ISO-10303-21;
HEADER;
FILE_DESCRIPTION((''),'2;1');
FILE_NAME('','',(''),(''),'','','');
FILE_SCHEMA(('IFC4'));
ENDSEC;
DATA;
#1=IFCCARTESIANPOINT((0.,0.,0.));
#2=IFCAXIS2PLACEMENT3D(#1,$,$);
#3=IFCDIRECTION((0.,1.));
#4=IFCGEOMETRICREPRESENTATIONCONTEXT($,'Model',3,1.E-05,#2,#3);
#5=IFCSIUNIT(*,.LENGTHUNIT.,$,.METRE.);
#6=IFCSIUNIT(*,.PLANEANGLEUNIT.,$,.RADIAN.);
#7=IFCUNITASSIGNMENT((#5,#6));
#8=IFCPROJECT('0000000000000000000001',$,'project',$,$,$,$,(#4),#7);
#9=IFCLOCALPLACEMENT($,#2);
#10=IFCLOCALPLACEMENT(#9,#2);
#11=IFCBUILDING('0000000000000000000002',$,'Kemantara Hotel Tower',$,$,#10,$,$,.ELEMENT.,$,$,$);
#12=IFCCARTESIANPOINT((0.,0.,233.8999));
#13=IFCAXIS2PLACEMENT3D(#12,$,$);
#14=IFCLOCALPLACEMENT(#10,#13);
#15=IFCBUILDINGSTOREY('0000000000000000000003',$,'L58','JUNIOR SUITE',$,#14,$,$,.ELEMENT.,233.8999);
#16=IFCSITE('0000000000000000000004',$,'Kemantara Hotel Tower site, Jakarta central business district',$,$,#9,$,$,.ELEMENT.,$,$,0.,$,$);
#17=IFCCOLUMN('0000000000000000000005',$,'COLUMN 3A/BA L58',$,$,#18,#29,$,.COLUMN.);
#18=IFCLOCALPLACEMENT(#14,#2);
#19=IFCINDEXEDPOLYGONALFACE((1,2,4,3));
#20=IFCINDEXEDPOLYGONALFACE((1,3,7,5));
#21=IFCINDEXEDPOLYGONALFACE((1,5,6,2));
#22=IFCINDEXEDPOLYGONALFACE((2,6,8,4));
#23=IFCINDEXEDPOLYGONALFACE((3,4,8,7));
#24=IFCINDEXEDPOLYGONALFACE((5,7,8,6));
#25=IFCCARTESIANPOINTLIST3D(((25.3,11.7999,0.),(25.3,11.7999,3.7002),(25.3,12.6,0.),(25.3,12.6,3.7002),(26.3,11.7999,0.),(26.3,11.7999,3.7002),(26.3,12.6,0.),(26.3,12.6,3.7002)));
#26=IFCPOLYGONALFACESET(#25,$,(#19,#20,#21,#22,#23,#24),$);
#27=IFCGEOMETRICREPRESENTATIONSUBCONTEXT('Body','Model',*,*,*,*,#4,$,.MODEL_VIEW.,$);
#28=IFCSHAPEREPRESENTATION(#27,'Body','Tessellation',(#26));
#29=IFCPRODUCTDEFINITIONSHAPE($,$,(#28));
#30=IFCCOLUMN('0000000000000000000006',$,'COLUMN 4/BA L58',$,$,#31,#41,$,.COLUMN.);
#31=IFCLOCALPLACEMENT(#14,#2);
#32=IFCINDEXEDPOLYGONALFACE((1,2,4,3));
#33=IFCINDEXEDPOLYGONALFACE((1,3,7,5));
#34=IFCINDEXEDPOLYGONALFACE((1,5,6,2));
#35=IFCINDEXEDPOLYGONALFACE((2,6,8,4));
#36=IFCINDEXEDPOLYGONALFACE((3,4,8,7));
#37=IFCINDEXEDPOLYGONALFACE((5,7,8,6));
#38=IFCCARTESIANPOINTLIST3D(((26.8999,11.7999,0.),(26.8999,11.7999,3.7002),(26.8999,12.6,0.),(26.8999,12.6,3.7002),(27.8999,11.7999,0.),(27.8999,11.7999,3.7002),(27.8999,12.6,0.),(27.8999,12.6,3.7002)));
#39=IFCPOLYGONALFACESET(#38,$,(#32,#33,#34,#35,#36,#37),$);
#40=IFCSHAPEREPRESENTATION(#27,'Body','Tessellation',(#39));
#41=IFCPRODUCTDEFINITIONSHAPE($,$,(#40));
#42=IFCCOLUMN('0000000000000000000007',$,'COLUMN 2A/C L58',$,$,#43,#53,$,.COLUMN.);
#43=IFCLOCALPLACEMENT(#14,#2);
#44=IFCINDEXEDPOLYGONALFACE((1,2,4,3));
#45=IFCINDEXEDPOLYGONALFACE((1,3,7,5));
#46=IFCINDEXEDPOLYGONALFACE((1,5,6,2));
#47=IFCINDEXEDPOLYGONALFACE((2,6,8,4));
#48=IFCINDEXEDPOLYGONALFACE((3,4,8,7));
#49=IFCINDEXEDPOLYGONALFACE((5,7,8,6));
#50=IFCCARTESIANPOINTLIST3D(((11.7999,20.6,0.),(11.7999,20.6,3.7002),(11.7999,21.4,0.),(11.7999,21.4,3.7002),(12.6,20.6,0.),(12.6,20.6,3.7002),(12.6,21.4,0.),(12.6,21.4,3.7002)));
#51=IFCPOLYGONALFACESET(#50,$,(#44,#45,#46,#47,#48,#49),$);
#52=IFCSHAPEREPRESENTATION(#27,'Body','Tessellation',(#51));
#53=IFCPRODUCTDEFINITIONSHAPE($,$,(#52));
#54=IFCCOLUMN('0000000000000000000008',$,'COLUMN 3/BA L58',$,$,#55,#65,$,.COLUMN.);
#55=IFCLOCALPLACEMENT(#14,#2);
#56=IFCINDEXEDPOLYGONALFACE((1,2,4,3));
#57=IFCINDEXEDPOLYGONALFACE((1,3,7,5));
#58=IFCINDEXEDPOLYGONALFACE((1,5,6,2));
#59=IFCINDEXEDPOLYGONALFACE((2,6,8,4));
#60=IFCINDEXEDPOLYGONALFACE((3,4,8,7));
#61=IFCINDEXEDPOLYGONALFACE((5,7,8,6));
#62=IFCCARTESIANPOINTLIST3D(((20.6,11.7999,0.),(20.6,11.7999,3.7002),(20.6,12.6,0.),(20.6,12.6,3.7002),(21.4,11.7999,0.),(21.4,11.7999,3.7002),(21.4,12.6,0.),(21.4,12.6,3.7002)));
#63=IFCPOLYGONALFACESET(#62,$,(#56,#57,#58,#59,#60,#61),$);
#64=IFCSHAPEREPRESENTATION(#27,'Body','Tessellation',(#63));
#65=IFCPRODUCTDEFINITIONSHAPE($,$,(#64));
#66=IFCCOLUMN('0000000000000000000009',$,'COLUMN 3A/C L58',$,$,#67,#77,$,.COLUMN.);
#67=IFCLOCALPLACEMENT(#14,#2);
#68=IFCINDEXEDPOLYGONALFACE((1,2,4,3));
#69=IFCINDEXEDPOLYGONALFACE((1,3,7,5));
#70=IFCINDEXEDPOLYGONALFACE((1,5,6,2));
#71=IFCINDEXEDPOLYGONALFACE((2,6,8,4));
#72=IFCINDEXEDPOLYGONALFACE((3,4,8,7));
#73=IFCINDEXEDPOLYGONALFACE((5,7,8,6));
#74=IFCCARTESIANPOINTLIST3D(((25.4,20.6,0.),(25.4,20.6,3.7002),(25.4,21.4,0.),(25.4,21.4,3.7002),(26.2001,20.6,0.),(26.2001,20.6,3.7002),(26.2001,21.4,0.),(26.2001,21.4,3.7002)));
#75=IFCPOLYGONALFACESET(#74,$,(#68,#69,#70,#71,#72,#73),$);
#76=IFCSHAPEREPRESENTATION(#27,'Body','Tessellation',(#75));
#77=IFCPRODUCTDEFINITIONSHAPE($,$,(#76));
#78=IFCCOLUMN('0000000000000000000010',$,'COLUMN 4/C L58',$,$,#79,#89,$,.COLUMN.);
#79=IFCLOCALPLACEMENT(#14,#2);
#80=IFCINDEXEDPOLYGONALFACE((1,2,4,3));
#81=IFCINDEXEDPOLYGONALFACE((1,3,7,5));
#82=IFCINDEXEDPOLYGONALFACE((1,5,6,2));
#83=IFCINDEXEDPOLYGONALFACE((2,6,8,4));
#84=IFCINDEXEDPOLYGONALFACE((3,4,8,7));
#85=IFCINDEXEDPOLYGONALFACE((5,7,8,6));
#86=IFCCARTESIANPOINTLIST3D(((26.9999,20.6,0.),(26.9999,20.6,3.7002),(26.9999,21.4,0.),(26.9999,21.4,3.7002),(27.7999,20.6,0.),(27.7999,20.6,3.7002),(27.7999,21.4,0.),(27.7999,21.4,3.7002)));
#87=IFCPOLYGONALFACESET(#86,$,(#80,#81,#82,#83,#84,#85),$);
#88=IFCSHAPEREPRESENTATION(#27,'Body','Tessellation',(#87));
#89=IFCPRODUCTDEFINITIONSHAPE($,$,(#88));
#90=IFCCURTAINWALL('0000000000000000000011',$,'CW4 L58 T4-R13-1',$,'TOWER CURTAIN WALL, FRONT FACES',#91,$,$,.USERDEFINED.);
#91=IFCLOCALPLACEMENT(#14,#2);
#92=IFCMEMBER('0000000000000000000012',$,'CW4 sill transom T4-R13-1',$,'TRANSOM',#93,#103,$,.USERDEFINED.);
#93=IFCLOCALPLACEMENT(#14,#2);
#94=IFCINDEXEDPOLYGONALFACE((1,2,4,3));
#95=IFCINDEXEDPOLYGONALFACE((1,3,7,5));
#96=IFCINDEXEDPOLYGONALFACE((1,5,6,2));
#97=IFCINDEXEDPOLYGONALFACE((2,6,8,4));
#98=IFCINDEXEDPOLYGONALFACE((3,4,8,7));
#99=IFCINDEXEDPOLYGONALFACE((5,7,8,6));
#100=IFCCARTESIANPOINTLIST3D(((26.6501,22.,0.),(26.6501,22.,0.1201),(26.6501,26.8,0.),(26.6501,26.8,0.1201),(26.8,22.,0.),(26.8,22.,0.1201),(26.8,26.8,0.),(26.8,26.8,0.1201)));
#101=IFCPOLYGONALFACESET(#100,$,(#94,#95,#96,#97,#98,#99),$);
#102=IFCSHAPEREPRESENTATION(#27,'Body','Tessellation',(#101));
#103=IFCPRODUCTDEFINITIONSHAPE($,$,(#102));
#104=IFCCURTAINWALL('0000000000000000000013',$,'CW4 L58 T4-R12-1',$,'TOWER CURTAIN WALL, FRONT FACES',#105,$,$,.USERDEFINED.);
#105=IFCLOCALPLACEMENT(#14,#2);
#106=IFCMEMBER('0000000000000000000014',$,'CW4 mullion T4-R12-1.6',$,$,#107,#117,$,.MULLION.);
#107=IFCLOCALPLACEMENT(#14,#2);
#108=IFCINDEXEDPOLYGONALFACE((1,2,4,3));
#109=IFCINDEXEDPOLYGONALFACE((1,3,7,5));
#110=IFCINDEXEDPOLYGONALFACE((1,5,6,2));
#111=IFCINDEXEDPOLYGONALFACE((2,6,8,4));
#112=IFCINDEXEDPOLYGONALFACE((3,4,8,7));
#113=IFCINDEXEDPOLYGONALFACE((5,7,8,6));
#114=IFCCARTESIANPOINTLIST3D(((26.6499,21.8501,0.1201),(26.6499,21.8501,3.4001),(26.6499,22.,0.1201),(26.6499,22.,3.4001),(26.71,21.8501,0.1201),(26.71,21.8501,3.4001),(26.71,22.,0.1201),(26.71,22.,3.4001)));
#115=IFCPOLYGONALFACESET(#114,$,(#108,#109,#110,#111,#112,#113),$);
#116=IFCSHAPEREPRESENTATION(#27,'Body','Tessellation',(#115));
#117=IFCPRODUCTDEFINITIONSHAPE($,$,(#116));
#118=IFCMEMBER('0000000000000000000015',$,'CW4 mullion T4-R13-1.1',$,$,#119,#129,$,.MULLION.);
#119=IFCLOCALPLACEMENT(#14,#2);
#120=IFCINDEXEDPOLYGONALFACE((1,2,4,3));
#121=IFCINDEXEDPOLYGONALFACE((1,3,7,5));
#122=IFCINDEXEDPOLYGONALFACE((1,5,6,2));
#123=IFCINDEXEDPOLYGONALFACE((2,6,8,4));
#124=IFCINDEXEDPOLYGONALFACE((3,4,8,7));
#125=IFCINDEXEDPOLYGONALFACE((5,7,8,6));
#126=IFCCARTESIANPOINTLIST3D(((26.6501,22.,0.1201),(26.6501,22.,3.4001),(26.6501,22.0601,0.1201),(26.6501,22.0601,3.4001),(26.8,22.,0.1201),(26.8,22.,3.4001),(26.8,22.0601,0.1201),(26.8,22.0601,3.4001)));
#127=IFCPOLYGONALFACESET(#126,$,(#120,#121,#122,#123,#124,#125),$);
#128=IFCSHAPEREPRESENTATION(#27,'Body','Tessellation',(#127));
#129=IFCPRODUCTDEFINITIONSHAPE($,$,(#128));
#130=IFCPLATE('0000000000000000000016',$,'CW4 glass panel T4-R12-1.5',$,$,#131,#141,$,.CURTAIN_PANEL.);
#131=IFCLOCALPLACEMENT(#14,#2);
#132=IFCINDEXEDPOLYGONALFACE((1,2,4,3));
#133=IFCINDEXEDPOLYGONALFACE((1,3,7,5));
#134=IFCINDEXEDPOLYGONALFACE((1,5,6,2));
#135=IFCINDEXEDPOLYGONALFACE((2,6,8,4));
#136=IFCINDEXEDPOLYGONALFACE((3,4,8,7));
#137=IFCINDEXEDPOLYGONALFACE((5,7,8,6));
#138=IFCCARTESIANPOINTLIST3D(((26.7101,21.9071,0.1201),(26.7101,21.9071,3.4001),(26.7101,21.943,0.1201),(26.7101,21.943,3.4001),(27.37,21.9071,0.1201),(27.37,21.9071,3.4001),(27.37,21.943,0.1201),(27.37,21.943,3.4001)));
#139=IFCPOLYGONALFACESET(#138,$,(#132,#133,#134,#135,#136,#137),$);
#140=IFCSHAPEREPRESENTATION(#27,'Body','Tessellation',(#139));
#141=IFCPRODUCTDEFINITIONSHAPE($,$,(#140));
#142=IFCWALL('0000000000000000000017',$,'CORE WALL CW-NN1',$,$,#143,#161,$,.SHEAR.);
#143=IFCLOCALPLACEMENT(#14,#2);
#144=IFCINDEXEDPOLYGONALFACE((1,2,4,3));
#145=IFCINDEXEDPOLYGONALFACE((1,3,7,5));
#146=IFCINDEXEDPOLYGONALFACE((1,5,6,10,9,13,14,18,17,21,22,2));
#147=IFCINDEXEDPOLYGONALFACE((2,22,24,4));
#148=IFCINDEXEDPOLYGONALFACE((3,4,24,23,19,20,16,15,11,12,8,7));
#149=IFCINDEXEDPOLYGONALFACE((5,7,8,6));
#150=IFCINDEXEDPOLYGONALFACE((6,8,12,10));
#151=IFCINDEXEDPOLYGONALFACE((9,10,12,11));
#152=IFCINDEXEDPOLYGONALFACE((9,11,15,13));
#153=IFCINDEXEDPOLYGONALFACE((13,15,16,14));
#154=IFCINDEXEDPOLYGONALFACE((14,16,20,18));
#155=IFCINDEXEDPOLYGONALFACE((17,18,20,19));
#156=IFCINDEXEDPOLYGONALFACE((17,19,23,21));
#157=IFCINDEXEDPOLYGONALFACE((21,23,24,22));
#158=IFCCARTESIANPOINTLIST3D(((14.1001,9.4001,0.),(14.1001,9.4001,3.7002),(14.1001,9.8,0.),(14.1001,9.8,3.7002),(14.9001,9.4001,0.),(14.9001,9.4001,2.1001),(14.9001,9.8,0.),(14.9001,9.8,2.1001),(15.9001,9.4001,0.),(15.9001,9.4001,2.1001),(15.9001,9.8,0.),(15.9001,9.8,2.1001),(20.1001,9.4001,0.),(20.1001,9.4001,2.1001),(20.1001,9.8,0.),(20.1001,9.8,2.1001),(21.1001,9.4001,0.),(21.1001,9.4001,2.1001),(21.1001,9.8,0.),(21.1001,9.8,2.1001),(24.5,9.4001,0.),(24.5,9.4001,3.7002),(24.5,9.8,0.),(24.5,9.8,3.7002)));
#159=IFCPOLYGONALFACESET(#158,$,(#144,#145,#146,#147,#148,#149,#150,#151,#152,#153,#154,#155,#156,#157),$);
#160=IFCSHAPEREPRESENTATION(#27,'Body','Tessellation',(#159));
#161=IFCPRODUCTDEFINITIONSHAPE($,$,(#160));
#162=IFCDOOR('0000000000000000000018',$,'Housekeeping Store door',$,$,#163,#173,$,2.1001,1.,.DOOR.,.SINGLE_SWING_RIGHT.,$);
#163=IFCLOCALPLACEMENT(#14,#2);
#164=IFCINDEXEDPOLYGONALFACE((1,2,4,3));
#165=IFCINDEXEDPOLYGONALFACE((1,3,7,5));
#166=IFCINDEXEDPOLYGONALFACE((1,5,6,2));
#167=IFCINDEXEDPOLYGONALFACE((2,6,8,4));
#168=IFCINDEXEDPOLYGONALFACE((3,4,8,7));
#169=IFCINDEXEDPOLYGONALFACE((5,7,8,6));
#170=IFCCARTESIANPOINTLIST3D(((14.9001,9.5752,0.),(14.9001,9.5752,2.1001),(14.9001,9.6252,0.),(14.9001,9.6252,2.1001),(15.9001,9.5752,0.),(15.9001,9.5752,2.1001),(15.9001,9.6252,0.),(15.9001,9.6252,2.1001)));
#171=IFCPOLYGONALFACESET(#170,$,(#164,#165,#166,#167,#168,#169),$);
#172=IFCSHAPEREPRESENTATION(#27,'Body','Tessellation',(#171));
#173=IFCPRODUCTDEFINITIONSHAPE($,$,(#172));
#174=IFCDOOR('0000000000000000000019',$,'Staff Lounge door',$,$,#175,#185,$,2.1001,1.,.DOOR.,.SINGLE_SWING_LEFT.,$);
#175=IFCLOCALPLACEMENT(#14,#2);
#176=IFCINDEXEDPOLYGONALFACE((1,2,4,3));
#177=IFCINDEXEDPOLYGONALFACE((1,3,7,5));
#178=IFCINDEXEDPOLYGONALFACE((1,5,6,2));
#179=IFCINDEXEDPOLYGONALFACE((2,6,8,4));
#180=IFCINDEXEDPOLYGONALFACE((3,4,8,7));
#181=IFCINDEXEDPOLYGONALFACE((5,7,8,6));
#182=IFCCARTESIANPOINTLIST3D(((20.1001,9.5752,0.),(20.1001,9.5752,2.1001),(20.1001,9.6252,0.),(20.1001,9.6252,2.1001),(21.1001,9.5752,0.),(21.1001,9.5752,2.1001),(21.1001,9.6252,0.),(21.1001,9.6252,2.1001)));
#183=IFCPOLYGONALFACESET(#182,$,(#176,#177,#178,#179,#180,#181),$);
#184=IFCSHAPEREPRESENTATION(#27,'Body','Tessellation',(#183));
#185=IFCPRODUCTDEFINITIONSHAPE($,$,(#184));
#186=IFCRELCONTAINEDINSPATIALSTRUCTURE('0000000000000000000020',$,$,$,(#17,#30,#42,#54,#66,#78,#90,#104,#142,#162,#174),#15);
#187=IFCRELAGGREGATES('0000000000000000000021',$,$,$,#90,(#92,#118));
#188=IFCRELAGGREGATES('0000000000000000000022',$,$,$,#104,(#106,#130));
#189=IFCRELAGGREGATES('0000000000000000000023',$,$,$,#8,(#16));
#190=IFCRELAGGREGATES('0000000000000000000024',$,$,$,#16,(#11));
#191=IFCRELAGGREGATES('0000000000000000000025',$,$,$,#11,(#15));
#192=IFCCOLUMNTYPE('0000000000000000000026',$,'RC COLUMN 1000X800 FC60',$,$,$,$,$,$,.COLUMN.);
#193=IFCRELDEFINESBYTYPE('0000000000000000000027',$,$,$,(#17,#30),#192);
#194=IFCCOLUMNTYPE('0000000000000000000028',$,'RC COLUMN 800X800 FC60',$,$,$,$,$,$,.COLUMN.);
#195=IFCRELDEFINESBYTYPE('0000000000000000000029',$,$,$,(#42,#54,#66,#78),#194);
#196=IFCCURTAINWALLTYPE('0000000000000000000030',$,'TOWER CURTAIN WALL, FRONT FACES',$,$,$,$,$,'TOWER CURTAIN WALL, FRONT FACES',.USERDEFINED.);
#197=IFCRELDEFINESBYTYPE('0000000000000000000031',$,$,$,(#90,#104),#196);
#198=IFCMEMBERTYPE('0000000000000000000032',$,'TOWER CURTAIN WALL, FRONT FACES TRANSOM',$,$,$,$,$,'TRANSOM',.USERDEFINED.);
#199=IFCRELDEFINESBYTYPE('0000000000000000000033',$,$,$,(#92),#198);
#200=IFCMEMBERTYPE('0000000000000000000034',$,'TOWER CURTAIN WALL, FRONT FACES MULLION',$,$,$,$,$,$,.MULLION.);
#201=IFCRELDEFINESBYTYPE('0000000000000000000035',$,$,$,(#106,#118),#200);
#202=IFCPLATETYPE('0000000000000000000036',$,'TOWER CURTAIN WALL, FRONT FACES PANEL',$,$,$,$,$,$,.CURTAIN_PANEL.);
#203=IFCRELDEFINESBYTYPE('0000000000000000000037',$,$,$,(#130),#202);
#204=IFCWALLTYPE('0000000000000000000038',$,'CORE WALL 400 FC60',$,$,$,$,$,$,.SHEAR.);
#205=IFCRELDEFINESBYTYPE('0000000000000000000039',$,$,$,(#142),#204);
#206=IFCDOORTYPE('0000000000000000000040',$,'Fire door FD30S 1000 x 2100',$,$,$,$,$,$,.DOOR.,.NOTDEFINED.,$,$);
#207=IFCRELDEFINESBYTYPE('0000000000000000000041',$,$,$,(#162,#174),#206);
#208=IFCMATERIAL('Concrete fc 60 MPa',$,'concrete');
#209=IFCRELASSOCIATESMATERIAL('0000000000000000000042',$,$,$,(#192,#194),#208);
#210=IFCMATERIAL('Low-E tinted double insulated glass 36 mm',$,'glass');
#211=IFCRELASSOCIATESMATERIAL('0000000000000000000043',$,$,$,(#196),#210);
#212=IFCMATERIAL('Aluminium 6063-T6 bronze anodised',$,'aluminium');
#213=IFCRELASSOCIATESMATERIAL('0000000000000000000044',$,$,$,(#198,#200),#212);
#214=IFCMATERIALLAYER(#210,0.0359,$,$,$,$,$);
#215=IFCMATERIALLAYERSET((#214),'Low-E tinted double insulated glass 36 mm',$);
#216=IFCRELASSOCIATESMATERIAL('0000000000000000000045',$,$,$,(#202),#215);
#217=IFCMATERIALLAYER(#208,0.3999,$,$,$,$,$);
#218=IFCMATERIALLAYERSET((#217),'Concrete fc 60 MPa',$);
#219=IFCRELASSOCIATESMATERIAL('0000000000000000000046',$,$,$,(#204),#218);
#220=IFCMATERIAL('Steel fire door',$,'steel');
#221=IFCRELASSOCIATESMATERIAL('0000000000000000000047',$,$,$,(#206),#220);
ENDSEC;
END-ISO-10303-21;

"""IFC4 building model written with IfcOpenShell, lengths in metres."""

from ifc_helpers import new_model, si_unit, direction, frame, frame_2d, origin, origin_2d, place, context, subcontext, project, spatial, rectangle, extrude, source, transform, mapped, material, layer, layer_set, material_profile, profile_set, type_object, element, fill, aggregate, save


model = new_model("IFC4")

# Units and contexts
model_context = context("Model", 3, precision=1e-05, world=origin(), true_north=direction((0.0, 1.0)))
body_context = subcontext(model_context, "Body", "Model", "MODEL_VIEW")
ifc_project = project(units=[si_unit("LENGTHUNIT", "METRE"), si_unit("PLANEANGLEUNIT", "RADIAN")], contexts=[model_context])

# Site, building, storey
site_placement = place(None, origin())
site = spatial("IfcSite", under=ifc_project, at=site_placement, Name="Kemantara Hotel Tower site, Jakarta central business district", CompositionType="ELEMENT", RefElevation=0.0)
building_placement = place(site_placement, origin())
building = spatial("IfcBuilding", under=site, at=building_placement, Name="Kemantara Hotel Tower", CompositionType="ELEMENT")
storey_placement = place(building_placement, frame((0.0, 0.0, 233.8999)))
storey = spatial("IfcBuildingStorey", under=building, at=storey_placement, Name="L58", Description="JUNIOR SUITE", CompositionType="ELEMENT", Elevation=233.8999)

# Columns
ifc_material_1 = material(Name="Concrete fc 60 MPa", Category="concrete")
ifc_material_profile_1 = material_profile(ifc_material_1, rectangle(XDim=1.0, YDim=0.8, at=origin_2d()), Name="RC 1000X800")
ifc_profile_set_1 = profile_set([ifc_material_profile_1], Name="Concrete fc 60 MPa")
column_type_1 = type_object("IfcColumnType", Name="RC COLUMN 1000X800 FC60", PredefinedType="COLUMN", material=ifc_profile_set_1)
for number, where, z_axis, x_axis, name in (
    (1, (25.8, 12.2, 0.0), (0.0, 0.0, 1.0), (1.0, 0.0, 0.0), "COLUMN 3A/BA L58"),
    (2, (27.3999, 12.2, 0.0), (0.0, 0.0, 1.0), (1.0, 0.0, 0.0), "COLUMN 4/BA L58"),
):
    element("IfcColumn", number, at=place(storey_placement, frame(where, z_axis=z_axis, x_axis=x_axis)), inside=storey, type_object=column_type_1, Name=name, PredefinedType="COLUMN", context=body_context, shape_type="SweptSolid", body=[
        extrude(rectangle(XDim=1.0, YDim=0.8, at=origin_2d()), origin(), (0.0, 0.0, 1.0), 3.7002),
    ])
ifc_material_profile_2 = material_profile(ifc_material_1, rectangle(XDim=0.8, YDim=0.8, at=origin_2d()), Name="RC 800X800")
ifc_profile_set_2 = profile_set([ifc_material_profile_2], Name="Concrete fc 60 MPa")
column_type_2 = type_object("IfcColumnType", Name="RC COLUMN 800X800 FC60", PredefinedType="COLUMN", material=ifc_profile_set_2)
for number, where, z_axis, x_axis, name in (
    (3, (12.2, 21.0, 0.0), (0.0, 0.0, 1.0), (1.0, 0.0, 0.0), "COLUMN 2A/C L58"),
    (4, (21.0, 12.2, 0.0), (0.0, 0.0, 1.0), (1.0, 0.0, 0.0), "COLUMN 3/BA L58"),
    (5, (25.8, 21.0, 0.0), (0.0, 0.0, 1.0), (1.0, 0.0, 0.0), "COLUMN 3A/C L58"),
    (6, (27.3999, 21.0, 0.0), (0.0, 0.0, 1.0), (1.0, 0.0, 0.0), "COLUMN 4/C L58"),
):
    element("IfcColumn", number, at=place(storey_placement, frame(where, z_axis=z_axis, x_axis=x_axis)), inside=storey, type_object=column_type_2, Name=name, PredefinedType="COLUMN", context=body_context, shape_type="SweptSolid", body=[
        extrude(rectangle(XDim=0.8, YDim=0.8, at=origin_2d()), origin(), (0.0, 0.0, 1.0), 3.7002),
    ])

# Curtain walls, members
ifc_material_2 = material(Name="Low-E tinted double insulated glass 36 mm", Category="glass")
curtain_wall_type = type_object("IfcCurtainWallType", Name="TOWER CURTAIN WALL, FRONT FACES", ElementType="TOWER CURTAIN WALL, FRONT FACES", PredefinedType="USERDEFINED", material=ifc_material_2)
curtain_wall_1_placement = place(storey_placement, origin())
curtain_wall_1 = element("IfcCurtainWall", 7, at=curtain_wall_1_placement, inside=storey, type_object=curtain_wall_type, Name="CW4 L58 T4-R13-1", ObjectType="TOWER CURTAIN WALL, FRONT FACES", PredefinedType="USERDEFINED")
ifc_material_3 = material(Name="Aluminium 6063-T6 bronze anodised", Category="aluminium")
ifc_material_profile_3 = material_profile(ifc_material_3, rectangle(XDim=0.1499, YDim=0.1201, at=origin_2d()), Name="TOWER CURTAIN WALL, FRONT FACES TRANSOM")
ifc_profile_set_3 = profile_set([ifc_material_profile_3], Name="Aluminium 6063-T6 bronze anodised")
member_type_1 = type_object("IfcMemberType", Name="TOWER CURTAIN WALL, FRONT FACES TRANSOM", ElementType="TRANSOM", PredefinedType="USERDEFINED", material=ifc_profile_set_3)
member_1_placement = place(storey_placement, frame((26.7251, 22.0, 0.0601), z_axis=(0.0, 1.0, 0.0), x_axis=(-1.0, 0.0, 0.0)))
member_1 = element("IfcMember", 8, at=member_1_placement, type_object=member_type_1, Name="CW4 sill transom T4-R13-1", ObjectType="TRANSOM", PredefinedType="USERDEFINED", context=body_context, shape_type="SweptSolid", body=[
    extrude(rectangle(XDim=0.1499, YDim=0.1201, at=origin_2d()), origin(), (0.0, 0.0, 1.0), 4.8),
])
curtain_wall_2_placement = place(storey_placement, origin())
curtain_wall_2 = element("IfcCurtainWall", 9, at=curtain_wall_2_placement, inside=storey, type_object=curtain_wall_type, Name="CW4 L58 T4-R12-1", ObjectType="TOWER CURTAIN WALL, FRONT FACES", PredefinedType="USERDEFINED")
ifc_material_profile_4 = material_profile(ifc_material_3, rectangle(XDim=0.1499, YDim=0.0601, at=origin_2d()), Name="TOWER CURTAIN WALL, FRONT FACES MULLION")
ifc_profile_set_4 = profile_set([ifc_material_profile_4], Name="Aluminium 6063-T6 bronze anodised")
member_type_2 = type_object("IfcMemberType", Name="TOWER CURTAIN WALL, FRONT FACES MULLION", PredefinedType="MULLION", material=ifc_profile_set_4)
shared_shape_1 = source(origin(), body_context, "Body", "SweptSolid", [
    extrude(rectangle(XDim=0.1499, YDim=0.0601, at=origin_2d()), origin(), (0.0, 0.0, 1.0), 3.28),
])
member_2_placement = place(storey_placement, frame((26.6799, 21.925, 0.1201), z_axis=(0.0, 0.0, 1.0), x_axis=(0.0, -1.0, 0.0)))
member_2 = element("IfcMember", 10, at=member_2_placement, type_object=member_type_2, Name="CW4 mullion T4-R12-1.6", PredefinedType="MULLION", context=body_context, shape_type="MappedRepresentation", body=[
    mapped(shared_shape_1, transform((0.0, 0.0, 0.0))),
])

# Member
member_3_placement = place(storey_placement, frame((26.7251, 22.03, 0.1201), z_axis=(0.0, 0.0, 1.0), x_axis=(-1.0, 0.0, 0.0)))
member_3 = element("IfcMember", 11, at=member_3_placement, type_object=member_type_2, Name="CW4 mullion T4-R13-1.1", PredefinedType="MULLION", context=body_context, shape_type="MappedRepresentation", body=[
    mapped(shared_shape_1, transform((0.0, 0.0, 0.0))),
])
aggregate(curtain_wall_1, [member_1, member_3])

# Plate
ifc_layer_1 = layer(ifc_material_2, 0.0359)
ifc_layer_set_1 = layer_set([ifc_layer_1], Name="Low-E tinted double insulated glass 36 mm")
plate_type = type_object("IfcPlateType", Name="TOWER CURTAIN WALL, FRONT FACES PANEL", PredefinedType="CURTAIN_PANEL", material=ifc_layer_set_1)
shared_shape_2 = source(origin(), body_context, "Body", "SweptSolid", [
    extrude(rectangle(XDim=0.6599, YDim=0.0359, at=origin_2d()), origin(), (0.0, 0.0, 1.0), 3.28),
])
plate_placement = place(storey_placement, frame((27.04, 21.925, 0.1201), z_axis=(0.0, 0.0, 1.0), x_axis=(-1.0, 0.0, 0.0)))
plate = element("IfcPlate", 12, at=plate_placement, type_object=plate_type, Name="CW4 glass panel T4-R12-1.5", PredefinedType="CURTAIN_PANEL", context=body_context, shape_type="MappedRepresentation", body=[
    mapped(shared_shape_2, transform((0.0, 0.0, 0.0))),
])
aggregate(curtain_wall_2, [member_2, plate])

# Wall, openings, doors
ifc_layer_2 = layer(ifc_material_1, 0.3999)
ifc_layer_set_2 = layer_set([ifc_layer_2], Name="Concrete fc 60 MPa")
wall_type_1 = type_object("IfcWallType", Name="CORE WALL 400 FC60", PredefinedType="SHEAR", material=ifc_layer_set_2)
wall_1_placement = place(storey_placement, frame((14.1001, 9.6001, 0.0), z_axis=(0.0, 0.0, 1.0), x_axis=(1.0, 0.0, 0.0)))
wall_1 = element("IfcWall", 13, at=wall_1_placement, inside=storey, type_object=wall_type_1, Name="CORE WALL CW-NN1", PredefinedType="SHEAR", context=body_context, shape_type="SweptSolid", body=[
    extrude(rectangle(XDim=10.3999, YDim=0.3999, at=frame_2d((5.2, 0.0))), origin(), (0.0, 0.0, 1.0), 3.7002),
])
opening_1_placement = place(wall_1_placement, frame((0.8, 0.0, 0.0)))
opening_1 = element("IfcOpeningElement", 14, at=opening_1_placement, cuts=wall_1, PredefinedType="OPENING", context=body_context, shape_type="SweptSolid", body=[
    extrude(rectangle(XDim=1.0, YDim=2.1001, at=frame_2d((0.5, 1.05))), frame((0.0, 0.21, 0.0), z_axis=(0.0, -1.0, 0.0), x_axis=(1.0, 0.0, 0.0)), (0.0, 0.0, 1.0), 0.4199),
])
opening_2_placement = place(wall_1_placement, frame((6.0, 0.0, 0.0)))
opening_2 = element("IfcOpeningElement", 15, at=opening_2_placement, cuts=wall_1, PredefinedType="OPENING", context=body_context, shape_type="SweptSolid", body=[
    extrude(rectangle(XDim=1.0, YDim=2.1001, at=frame_2d((0.5, 1.05))), frame((0.0, 0.21, 0.0), z_axis=(0.0, -1.0, 0.0), x_axis=(1.0, 0.0, 0.0)), (0.0, 0.0, 1.0), 0.4199),
])
ifc_material_4 = material(Name="Steel fire door", Category="steel")
door_type = type_object("IfcDoorType", Name="Fire door FD30S 1000 x 2100", OperationType="NOTDEFINED", PredefinedType="DOOR", material=ifc_material_4)
door_1_placement = place(opening_1_placement, frame((1.0, 0.0, 0.0), z_axis=(0.0, 0.0, 1.0), x_axis=(-1.0, 0.0, 0.0)))
door_1 = element("IfcDoor", 16, at=door_1_placement, inside=storey, type_object=door_type, Name="Housekeeping Store door", OperationType="SINGLE_SWING_RIGHT", OverallHeight=2.1001, OverallWidth=1.0, PredefinedType="DOOR", context=body_context, shape_type="SweptSolid", body=[
    extrude(rectangle(XDim=1.0, YDim=2.1001, at=frame_2d((0.5, 1.05))), frame((0.0, 0.0249, 0.0), z_axis=(0.0, -1.0, 0.0), x_axis=(1.0, 0.0, 0.0)), (0.0, 0.0, 1.0), 0.05),
])
fill(opening_1, door_1)
door_2_placement = place(opening_2_placement, frame((1.0, 0.0, 0.0), z_axis=(0.0, 0.0, 1.0), x_axis=(-1.0, 0.0, 0.0)))
door_2 = element("IfcDoor", 17, at=door_2_placement, inside=storey, type_object=door_type, Name="Staff Lounge door", OperationType="SINGLE_SWING_LEFT", OverallHeight=2.1001, OverallWidth=1.0, PredefinedType="DOOR", context=body_context, shape_type="SweptSolid", body=[
    extrude(rectangle(XDim=1.0, YDim=2.1001, at=frame_2d((0.5, 1.05))), frame((0.0, 0.0249, 0.0), z_axis=(0.0, -1.0, 0.0), x_axis=(1.0, 0.0, 0.0)), (0.0, 0.0, 1.0), 0.05),
])
fill(opening_2, door_2)

save(model, "model.ifc")
